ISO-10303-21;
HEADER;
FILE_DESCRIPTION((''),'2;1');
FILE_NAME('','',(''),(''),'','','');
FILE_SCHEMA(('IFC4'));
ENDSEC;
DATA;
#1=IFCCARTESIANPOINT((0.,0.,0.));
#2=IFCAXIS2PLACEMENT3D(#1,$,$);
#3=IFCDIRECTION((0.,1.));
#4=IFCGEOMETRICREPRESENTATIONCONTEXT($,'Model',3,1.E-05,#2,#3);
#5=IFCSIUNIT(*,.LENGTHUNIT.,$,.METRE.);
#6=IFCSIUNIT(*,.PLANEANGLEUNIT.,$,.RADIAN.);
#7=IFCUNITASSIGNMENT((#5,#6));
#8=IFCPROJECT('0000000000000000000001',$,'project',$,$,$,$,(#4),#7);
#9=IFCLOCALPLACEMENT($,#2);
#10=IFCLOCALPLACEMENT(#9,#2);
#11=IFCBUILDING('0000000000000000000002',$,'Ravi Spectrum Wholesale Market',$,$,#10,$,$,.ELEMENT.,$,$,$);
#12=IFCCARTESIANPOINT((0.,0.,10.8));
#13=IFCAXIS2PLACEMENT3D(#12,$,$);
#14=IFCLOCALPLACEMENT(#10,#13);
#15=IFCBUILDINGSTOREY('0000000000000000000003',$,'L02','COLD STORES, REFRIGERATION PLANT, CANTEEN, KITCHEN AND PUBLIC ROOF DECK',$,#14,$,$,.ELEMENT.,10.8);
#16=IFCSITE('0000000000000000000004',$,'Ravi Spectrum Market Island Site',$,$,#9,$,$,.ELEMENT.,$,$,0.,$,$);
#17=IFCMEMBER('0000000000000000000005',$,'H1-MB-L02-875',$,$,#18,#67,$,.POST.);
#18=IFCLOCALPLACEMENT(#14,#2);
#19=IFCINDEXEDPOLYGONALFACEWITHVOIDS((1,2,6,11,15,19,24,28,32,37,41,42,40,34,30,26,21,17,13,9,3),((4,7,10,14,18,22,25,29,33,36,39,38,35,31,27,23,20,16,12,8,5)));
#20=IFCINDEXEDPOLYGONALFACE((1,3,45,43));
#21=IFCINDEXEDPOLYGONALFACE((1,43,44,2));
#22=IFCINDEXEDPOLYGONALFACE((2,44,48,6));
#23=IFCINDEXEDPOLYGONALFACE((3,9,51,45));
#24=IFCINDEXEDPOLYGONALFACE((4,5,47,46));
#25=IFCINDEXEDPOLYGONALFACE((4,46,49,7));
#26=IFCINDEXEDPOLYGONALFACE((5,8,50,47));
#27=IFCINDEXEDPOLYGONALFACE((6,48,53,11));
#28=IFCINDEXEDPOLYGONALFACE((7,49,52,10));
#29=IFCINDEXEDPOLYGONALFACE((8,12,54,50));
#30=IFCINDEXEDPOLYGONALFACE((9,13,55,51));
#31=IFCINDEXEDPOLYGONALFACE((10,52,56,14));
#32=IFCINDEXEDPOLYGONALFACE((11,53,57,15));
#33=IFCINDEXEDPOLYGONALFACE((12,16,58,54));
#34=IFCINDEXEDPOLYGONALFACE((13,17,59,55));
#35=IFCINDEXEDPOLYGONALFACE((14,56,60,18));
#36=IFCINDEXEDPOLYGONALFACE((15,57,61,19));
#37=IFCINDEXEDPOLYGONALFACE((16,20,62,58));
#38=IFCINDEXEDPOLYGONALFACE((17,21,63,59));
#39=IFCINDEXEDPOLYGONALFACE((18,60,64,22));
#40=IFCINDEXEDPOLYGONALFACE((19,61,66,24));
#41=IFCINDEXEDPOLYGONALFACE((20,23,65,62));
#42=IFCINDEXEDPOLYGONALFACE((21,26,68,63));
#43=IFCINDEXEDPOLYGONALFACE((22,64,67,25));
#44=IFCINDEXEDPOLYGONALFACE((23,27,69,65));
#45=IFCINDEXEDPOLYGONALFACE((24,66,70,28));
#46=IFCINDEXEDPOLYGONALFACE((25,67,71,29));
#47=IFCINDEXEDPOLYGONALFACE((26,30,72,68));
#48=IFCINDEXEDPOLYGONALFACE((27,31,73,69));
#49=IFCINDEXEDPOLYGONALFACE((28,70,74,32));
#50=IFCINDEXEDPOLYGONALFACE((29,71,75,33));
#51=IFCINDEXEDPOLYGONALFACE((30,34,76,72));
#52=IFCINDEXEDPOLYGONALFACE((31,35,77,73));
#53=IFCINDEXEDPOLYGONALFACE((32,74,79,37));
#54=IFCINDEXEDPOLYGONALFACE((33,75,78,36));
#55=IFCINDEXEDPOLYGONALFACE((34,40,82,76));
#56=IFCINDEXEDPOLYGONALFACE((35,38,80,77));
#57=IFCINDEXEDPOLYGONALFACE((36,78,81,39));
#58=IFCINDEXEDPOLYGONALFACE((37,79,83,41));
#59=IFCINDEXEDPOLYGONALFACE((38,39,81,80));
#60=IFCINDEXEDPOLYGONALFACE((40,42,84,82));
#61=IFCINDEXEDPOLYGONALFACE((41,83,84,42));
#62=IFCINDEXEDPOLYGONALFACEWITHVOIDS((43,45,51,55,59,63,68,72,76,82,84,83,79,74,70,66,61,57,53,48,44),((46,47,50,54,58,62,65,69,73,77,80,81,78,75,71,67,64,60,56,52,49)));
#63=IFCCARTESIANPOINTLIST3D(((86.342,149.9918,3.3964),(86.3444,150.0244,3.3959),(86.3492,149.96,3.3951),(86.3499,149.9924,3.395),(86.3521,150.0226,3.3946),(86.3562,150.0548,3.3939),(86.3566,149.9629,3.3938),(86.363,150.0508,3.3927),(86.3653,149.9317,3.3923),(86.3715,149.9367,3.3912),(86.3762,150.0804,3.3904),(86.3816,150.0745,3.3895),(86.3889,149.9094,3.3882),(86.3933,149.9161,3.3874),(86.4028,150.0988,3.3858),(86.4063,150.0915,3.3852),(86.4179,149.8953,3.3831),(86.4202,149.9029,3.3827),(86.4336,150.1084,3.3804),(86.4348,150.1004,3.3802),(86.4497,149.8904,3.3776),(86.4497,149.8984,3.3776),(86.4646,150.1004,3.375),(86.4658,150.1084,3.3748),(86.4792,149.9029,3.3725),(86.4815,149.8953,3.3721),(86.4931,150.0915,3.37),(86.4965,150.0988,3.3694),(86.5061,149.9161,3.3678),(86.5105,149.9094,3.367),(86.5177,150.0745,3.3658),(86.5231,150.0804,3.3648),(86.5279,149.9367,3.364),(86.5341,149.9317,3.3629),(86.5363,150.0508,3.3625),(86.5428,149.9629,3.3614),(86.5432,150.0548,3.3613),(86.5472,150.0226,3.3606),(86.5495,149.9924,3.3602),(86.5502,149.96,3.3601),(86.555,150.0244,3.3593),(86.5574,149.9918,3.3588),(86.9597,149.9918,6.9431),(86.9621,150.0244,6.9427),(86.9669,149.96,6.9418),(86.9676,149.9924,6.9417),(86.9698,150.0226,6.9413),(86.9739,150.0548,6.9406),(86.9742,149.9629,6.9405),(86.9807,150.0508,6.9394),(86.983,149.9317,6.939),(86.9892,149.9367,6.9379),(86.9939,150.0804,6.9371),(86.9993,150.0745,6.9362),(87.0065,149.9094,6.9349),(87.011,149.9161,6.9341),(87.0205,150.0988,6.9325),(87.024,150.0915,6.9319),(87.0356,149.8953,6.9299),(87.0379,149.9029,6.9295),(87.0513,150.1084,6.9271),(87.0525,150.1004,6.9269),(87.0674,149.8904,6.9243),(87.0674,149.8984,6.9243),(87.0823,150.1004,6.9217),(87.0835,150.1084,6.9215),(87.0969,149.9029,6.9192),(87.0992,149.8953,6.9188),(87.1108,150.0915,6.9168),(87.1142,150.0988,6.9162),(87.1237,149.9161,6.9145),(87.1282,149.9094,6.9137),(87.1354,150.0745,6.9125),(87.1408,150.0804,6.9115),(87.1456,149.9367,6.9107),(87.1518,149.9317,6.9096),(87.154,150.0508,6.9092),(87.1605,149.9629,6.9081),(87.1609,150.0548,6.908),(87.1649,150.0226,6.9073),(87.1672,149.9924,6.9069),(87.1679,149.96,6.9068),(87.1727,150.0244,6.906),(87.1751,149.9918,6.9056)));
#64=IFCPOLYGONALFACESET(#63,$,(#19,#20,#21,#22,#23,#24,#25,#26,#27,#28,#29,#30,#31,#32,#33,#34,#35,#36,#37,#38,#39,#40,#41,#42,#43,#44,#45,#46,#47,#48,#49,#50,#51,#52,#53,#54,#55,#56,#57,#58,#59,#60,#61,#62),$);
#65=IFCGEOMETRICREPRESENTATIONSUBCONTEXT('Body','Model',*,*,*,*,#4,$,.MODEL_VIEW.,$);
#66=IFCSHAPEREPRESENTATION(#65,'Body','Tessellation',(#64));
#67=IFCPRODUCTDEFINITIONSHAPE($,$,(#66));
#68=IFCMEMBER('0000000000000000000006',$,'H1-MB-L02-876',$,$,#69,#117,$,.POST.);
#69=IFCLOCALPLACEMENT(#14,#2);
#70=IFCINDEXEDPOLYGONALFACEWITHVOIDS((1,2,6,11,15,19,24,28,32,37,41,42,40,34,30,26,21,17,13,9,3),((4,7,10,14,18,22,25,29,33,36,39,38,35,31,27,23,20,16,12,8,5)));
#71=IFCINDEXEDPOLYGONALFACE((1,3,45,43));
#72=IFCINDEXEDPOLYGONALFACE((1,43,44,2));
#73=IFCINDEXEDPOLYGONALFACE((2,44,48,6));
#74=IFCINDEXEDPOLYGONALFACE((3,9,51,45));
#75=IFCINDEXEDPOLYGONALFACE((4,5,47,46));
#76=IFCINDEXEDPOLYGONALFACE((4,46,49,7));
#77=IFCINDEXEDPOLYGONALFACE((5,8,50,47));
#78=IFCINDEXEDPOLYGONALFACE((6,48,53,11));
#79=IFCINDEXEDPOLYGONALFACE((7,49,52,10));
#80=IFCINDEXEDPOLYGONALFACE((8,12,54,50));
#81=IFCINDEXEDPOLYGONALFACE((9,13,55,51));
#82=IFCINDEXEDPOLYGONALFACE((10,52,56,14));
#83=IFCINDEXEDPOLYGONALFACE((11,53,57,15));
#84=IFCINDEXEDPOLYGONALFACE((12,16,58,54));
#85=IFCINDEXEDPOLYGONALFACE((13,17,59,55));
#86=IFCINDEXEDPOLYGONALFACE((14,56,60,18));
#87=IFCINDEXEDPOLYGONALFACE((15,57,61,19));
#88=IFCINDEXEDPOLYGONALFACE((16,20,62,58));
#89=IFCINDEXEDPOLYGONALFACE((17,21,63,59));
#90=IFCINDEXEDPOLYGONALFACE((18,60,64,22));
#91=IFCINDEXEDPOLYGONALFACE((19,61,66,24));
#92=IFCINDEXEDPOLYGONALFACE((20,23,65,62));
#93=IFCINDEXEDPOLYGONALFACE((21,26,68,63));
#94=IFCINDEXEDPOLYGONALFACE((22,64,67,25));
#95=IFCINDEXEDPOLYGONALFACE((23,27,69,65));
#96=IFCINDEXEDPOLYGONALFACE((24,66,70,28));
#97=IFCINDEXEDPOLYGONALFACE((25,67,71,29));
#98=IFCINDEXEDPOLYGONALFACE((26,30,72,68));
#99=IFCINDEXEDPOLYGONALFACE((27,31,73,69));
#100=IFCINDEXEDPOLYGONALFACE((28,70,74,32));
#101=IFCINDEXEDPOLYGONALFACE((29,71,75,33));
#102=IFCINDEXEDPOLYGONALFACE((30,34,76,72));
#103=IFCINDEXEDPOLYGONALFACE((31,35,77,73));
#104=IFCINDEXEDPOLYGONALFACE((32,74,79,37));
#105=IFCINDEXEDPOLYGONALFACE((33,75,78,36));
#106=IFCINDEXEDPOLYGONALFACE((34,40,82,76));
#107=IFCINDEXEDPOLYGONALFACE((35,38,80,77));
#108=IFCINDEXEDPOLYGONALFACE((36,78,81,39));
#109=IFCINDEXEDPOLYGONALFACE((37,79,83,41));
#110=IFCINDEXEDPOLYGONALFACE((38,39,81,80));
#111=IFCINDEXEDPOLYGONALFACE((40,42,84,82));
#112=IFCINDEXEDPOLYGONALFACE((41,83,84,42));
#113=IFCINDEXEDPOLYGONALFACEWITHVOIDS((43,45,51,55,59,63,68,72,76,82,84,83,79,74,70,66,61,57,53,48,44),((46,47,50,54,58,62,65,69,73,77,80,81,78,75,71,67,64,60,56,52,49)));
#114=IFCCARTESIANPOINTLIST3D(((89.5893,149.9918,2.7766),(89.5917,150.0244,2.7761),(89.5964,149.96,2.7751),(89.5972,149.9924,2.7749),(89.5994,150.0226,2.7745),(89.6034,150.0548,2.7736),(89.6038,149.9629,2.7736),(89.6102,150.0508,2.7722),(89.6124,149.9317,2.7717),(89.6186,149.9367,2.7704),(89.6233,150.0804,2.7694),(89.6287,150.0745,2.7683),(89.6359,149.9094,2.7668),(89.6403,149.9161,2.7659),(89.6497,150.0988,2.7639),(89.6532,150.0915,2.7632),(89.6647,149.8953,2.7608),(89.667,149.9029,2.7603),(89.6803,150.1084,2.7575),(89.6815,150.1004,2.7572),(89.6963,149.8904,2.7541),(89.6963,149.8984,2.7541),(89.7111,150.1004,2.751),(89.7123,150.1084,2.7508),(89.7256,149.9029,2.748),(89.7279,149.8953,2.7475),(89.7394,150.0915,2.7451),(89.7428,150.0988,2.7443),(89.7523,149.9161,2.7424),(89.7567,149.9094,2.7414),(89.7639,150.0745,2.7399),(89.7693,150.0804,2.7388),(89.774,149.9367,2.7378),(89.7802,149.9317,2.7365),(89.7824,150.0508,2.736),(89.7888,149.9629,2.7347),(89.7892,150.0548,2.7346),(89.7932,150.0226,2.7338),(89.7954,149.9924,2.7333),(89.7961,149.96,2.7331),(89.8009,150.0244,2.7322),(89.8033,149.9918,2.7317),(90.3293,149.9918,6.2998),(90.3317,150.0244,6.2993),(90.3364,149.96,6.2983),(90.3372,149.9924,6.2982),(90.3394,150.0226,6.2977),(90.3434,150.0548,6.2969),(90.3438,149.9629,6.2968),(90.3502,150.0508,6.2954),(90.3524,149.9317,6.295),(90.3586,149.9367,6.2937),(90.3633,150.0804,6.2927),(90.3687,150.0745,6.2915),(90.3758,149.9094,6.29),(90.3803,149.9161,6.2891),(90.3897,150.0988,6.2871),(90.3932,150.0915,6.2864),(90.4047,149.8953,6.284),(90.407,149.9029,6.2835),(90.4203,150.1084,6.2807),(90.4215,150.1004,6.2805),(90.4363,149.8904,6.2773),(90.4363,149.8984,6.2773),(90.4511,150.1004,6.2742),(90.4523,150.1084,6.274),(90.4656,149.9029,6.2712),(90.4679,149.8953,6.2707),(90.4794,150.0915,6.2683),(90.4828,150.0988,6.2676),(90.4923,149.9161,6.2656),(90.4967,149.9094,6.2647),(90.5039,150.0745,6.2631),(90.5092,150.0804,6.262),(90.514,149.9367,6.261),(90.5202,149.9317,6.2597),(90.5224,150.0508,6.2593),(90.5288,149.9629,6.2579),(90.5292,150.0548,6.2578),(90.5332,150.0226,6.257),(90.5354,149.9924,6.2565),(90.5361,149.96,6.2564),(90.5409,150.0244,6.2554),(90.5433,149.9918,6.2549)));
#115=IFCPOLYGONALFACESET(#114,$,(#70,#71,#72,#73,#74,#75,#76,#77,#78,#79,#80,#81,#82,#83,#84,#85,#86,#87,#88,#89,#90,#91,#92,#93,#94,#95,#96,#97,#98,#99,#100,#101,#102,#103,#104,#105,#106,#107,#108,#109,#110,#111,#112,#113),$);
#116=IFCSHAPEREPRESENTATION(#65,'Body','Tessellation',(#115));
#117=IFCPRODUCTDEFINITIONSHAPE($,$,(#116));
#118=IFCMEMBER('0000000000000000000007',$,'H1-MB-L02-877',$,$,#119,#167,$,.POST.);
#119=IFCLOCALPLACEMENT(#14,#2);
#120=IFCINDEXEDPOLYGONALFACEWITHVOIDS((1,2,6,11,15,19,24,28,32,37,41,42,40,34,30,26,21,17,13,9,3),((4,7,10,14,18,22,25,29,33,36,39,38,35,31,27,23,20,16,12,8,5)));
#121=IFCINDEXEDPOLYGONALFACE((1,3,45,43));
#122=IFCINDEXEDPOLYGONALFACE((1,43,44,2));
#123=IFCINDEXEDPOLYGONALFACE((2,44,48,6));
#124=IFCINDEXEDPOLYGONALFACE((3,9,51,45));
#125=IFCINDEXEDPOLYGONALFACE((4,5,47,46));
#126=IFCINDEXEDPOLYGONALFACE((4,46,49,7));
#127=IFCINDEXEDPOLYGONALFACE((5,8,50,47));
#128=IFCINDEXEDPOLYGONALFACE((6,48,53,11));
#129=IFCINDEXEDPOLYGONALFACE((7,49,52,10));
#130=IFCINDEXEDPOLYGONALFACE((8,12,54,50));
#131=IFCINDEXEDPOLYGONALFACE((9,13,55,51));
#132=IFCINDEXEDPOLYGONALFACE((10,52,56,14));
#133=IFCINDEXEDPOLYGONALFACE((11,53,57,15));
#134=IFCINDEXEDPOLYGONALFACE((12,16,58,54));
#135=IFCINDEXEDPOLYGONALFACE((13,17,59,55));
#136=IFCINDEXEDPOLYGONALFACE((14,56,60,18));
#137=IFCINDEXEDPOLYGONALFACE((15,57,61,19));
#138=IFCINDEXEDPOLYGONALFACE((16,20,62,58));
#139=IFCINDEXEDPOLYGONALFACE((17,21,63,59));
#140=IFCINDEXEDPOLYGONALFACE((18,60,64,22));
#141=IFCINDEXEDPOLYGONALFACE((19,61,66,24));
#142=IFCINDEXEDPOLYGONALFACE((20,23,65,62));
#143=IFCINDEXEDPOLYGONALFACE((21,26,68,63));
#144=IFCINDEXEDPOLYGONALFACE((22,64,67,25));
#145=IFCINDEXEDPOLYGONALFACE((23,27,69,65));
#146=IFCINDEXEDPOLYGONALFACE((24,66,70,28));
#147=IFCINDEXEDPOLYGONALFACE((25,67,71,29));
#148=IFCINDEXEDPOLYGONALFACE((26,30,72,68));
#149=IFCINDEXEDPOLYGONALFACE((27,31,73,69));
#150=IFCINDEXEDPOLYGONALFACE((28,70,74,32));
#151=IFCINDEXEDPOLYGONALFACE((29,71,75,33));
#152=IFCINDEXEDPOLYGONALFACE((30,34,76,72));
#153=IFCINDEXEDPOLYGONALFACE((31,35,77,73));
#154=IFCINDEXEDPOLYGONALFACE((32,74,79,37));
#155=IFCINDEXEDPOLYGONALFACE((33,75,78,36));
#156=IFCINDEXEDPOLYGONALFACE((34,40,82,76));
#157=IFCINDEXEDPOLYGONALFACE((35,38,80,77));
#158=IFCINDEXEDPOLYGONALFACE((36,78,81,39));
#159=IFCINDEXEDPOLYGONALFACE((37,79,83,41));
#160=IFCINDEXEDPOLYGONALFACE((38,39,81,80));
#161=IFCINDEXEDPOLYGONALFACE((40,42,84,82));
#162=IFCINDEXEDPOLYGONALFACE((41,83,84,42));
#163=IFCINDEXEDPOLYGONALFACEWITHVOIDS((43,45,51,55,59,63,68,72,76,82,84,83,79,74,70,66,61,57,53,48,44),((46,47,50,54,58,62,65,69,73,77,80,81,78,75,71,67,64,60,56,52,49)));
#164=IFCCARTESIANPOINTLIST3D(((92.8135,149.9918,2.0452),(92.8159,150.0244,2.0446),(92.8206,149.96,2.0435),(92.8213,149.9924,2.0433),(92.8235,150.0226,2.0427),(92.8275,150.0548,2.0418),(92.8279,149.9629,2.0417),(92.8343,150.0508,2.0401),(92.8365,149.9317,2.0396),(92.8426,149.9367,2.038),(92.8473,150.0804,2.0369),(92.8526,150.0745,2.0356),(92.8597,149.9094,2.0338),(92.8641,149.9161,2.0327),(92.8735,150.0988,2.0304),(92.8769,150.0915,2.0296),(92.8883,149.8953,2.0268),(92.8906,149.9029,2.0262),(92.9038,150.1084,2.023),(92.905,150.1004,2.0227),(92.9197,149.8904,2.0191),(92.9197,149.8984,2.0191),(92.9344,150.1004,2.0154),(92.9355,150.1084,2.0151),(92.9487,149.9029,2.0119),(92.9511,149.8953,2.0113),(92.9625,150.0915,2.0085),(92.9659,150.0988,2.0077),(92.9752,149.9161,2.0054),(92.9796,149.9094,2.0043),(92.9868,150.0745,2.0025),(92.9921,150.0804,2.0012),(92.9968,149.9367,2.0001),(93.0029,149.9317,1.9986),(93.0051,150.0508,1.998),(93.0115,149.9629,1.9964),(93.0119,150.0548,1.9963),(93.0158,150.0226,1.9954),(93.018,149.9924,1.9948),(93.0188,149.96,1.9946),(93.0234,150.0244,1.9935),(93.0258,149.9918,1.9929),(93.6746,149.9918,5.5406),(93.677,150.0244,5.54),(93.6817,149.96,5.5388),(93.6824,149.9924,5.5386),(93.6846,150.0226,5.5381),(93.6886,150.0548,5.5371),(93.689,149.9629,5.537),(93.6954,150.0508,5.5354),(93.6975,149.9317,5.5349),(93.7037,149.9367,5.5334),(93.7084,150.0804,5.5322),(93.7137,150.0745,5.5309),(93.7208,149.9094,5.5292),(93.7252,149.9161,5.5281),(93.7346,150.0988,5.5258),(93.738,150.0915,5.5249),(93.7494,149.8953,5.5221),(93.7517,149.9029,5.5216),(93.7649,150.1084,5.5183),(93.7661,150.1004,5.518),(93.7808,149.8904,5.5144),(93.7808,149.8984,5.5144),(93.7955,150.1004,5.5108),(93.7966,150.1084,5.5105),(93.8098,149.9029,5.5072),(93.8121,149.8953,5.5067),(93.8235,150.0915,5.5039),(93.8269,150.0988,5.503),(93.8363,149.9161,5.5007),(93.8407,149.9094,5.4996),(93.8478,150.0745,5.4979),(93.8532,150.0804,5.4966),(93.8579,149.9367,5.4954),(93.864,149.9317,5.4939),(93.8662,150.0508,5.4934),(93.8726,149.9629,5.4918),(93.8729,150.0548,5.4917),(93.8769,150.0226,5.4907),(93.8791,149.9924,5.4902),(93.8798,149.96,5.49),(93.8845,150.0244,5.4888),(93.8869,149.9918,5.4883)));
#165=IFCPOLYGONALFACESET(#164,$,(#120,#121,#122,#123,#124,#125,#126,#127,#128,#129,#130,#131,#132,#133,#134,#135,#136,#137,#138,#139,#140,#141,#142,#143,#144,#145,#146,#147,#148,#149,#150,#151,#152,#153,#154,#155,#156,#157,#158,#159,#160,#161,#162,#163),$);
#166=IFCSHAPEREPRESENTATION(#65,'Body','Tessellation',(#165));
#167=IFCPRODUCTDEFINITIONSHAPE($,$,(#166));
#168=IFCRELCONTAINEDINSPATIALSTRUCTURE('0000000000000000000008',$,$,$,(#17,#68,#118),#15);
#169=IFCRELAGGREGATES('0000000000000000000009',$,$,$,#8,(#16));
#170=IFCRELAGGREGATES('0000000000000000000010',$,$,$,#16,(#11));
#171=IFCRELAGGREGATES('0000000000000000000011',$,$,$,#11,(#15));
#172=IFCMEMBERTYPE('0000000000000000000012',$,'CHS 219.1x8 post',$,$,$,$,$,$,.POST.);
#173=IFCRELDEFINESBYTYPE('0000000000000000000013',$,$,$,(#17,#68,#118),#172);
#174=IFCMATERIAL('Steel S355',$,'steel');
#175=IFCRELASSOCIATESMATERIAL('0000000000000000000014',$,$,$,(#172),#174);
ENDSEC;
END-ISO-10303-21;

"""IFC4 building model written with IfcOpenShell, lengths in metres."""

from ifc_helpers import new_model, si_unit, direction, frame, origin, origin_2d, place, context, subcontext, project, spatial, hollow_circle, extrude, material, material_profile, profile_set, type_object, element, save


model = new_model("IFC4")

# Units and contexts
model_context = context("Model", 3, precision=1e-05, world=origin(), true_north=direction((0.0, 1.0)))
body_context = subcontext(model_context, "Body", "Model", "MODEL_VIEW")
ifc_project = project(units=[si_unit("LENGTHUNIT", "METRE"), si_unit("PLANEANGLEUNIT", "RADIAN")], contexts=[model_context])

# Site, building, storey
site_placement = place(None, origin())
site = spatial("IfcSite", under=ifc_project, at=site_placement, Name="Ravi Spectrum Market Island Site", CompositionType="ELEMENT", RefElevation=0.0)
building_placement = place(site_placement, origin())
building = spatial("IfcBuilding", under=site, at=building_placement, Name="Ravi Spectrum Wholesale Market", CompositionType="ELEMENT")
storey_placement = place(building_placement, frame((0.0, 0.0, 10.8)))
storey = spatial("IfcBuildingStorey", under=building, at=storey_placement, Name="L02", Description="COLD STORES, REFRIGERATION PLANT, CANTEEN, KITCHEN AND PUBLIC ROOF DECK", CompositionType="ELEMENT", Elevation=10.8)

# Members
ifc_material_1 = material(Name="Steel S355", Category="steel")
ifc_material_profile_1 = material_profile(ifc_material_1, hollow_circle(Radius=0.1096, WallThickness=0.0081, at=origin_2d()))
ifc_profile_set_1 = profile_set([ifc_material_profile_1], Name="Steel S355")
member_type_1 = type_object("IfcMemberType", Name="CHS 219.1x8 post", PredefinedType="POST", material=ifc_profile_set_1)
for number, where, z_axis, x_axis, name in (
    (1, (87.0674, 150.0, 6.9243), (-0.171576, 0.0, -0.985171), (0.0, -1.0, 0.0), "H1-MB-L02-875"),
    (2, (90.4363, 150.0, 6.2773), (-0.205549, 0.0, -0.978647), (0.0, -1.0, 0.0), "H1-MB-L02-876"),
):
    element("IfcMember", number, at=place(storey_placement, frame(where, z_axis=z_axis, x_axis=x_axis)), inside=storey, type_object=member_type_1, Name=name, PredefinedType="POST", context=body_context, shape_type="SweptSolid", body=[
        extrude(hollow_circle(Radius=0.1096, WallThickness=0.0081, at=origin_2d()), origin(), (0.0, 0.0, 1.0), 3.6001),
    ])
member_1_placement = place(storey_placement, frame((93.7808, 150.0, 5.5144), z_axis=(-0.239199, 0.0, -0.970971), x_axis=(0.0, -1.0, 0.0)))
element("IfcMember", 3, at=member_1_placement, inside=storey, type_object=member_type_1, Name="H1-MB-L02-877", PredefinedType="POST", context=body_context, shape_type="SweptSolid", body=[
    extrude(hollow_circle(Radius=0.1096, WallThickness=0.0081, at=origin_2d()), origin(), (0.0, 0.0, 1.0), 3.5999),
])

save(model, "model.ifc")
